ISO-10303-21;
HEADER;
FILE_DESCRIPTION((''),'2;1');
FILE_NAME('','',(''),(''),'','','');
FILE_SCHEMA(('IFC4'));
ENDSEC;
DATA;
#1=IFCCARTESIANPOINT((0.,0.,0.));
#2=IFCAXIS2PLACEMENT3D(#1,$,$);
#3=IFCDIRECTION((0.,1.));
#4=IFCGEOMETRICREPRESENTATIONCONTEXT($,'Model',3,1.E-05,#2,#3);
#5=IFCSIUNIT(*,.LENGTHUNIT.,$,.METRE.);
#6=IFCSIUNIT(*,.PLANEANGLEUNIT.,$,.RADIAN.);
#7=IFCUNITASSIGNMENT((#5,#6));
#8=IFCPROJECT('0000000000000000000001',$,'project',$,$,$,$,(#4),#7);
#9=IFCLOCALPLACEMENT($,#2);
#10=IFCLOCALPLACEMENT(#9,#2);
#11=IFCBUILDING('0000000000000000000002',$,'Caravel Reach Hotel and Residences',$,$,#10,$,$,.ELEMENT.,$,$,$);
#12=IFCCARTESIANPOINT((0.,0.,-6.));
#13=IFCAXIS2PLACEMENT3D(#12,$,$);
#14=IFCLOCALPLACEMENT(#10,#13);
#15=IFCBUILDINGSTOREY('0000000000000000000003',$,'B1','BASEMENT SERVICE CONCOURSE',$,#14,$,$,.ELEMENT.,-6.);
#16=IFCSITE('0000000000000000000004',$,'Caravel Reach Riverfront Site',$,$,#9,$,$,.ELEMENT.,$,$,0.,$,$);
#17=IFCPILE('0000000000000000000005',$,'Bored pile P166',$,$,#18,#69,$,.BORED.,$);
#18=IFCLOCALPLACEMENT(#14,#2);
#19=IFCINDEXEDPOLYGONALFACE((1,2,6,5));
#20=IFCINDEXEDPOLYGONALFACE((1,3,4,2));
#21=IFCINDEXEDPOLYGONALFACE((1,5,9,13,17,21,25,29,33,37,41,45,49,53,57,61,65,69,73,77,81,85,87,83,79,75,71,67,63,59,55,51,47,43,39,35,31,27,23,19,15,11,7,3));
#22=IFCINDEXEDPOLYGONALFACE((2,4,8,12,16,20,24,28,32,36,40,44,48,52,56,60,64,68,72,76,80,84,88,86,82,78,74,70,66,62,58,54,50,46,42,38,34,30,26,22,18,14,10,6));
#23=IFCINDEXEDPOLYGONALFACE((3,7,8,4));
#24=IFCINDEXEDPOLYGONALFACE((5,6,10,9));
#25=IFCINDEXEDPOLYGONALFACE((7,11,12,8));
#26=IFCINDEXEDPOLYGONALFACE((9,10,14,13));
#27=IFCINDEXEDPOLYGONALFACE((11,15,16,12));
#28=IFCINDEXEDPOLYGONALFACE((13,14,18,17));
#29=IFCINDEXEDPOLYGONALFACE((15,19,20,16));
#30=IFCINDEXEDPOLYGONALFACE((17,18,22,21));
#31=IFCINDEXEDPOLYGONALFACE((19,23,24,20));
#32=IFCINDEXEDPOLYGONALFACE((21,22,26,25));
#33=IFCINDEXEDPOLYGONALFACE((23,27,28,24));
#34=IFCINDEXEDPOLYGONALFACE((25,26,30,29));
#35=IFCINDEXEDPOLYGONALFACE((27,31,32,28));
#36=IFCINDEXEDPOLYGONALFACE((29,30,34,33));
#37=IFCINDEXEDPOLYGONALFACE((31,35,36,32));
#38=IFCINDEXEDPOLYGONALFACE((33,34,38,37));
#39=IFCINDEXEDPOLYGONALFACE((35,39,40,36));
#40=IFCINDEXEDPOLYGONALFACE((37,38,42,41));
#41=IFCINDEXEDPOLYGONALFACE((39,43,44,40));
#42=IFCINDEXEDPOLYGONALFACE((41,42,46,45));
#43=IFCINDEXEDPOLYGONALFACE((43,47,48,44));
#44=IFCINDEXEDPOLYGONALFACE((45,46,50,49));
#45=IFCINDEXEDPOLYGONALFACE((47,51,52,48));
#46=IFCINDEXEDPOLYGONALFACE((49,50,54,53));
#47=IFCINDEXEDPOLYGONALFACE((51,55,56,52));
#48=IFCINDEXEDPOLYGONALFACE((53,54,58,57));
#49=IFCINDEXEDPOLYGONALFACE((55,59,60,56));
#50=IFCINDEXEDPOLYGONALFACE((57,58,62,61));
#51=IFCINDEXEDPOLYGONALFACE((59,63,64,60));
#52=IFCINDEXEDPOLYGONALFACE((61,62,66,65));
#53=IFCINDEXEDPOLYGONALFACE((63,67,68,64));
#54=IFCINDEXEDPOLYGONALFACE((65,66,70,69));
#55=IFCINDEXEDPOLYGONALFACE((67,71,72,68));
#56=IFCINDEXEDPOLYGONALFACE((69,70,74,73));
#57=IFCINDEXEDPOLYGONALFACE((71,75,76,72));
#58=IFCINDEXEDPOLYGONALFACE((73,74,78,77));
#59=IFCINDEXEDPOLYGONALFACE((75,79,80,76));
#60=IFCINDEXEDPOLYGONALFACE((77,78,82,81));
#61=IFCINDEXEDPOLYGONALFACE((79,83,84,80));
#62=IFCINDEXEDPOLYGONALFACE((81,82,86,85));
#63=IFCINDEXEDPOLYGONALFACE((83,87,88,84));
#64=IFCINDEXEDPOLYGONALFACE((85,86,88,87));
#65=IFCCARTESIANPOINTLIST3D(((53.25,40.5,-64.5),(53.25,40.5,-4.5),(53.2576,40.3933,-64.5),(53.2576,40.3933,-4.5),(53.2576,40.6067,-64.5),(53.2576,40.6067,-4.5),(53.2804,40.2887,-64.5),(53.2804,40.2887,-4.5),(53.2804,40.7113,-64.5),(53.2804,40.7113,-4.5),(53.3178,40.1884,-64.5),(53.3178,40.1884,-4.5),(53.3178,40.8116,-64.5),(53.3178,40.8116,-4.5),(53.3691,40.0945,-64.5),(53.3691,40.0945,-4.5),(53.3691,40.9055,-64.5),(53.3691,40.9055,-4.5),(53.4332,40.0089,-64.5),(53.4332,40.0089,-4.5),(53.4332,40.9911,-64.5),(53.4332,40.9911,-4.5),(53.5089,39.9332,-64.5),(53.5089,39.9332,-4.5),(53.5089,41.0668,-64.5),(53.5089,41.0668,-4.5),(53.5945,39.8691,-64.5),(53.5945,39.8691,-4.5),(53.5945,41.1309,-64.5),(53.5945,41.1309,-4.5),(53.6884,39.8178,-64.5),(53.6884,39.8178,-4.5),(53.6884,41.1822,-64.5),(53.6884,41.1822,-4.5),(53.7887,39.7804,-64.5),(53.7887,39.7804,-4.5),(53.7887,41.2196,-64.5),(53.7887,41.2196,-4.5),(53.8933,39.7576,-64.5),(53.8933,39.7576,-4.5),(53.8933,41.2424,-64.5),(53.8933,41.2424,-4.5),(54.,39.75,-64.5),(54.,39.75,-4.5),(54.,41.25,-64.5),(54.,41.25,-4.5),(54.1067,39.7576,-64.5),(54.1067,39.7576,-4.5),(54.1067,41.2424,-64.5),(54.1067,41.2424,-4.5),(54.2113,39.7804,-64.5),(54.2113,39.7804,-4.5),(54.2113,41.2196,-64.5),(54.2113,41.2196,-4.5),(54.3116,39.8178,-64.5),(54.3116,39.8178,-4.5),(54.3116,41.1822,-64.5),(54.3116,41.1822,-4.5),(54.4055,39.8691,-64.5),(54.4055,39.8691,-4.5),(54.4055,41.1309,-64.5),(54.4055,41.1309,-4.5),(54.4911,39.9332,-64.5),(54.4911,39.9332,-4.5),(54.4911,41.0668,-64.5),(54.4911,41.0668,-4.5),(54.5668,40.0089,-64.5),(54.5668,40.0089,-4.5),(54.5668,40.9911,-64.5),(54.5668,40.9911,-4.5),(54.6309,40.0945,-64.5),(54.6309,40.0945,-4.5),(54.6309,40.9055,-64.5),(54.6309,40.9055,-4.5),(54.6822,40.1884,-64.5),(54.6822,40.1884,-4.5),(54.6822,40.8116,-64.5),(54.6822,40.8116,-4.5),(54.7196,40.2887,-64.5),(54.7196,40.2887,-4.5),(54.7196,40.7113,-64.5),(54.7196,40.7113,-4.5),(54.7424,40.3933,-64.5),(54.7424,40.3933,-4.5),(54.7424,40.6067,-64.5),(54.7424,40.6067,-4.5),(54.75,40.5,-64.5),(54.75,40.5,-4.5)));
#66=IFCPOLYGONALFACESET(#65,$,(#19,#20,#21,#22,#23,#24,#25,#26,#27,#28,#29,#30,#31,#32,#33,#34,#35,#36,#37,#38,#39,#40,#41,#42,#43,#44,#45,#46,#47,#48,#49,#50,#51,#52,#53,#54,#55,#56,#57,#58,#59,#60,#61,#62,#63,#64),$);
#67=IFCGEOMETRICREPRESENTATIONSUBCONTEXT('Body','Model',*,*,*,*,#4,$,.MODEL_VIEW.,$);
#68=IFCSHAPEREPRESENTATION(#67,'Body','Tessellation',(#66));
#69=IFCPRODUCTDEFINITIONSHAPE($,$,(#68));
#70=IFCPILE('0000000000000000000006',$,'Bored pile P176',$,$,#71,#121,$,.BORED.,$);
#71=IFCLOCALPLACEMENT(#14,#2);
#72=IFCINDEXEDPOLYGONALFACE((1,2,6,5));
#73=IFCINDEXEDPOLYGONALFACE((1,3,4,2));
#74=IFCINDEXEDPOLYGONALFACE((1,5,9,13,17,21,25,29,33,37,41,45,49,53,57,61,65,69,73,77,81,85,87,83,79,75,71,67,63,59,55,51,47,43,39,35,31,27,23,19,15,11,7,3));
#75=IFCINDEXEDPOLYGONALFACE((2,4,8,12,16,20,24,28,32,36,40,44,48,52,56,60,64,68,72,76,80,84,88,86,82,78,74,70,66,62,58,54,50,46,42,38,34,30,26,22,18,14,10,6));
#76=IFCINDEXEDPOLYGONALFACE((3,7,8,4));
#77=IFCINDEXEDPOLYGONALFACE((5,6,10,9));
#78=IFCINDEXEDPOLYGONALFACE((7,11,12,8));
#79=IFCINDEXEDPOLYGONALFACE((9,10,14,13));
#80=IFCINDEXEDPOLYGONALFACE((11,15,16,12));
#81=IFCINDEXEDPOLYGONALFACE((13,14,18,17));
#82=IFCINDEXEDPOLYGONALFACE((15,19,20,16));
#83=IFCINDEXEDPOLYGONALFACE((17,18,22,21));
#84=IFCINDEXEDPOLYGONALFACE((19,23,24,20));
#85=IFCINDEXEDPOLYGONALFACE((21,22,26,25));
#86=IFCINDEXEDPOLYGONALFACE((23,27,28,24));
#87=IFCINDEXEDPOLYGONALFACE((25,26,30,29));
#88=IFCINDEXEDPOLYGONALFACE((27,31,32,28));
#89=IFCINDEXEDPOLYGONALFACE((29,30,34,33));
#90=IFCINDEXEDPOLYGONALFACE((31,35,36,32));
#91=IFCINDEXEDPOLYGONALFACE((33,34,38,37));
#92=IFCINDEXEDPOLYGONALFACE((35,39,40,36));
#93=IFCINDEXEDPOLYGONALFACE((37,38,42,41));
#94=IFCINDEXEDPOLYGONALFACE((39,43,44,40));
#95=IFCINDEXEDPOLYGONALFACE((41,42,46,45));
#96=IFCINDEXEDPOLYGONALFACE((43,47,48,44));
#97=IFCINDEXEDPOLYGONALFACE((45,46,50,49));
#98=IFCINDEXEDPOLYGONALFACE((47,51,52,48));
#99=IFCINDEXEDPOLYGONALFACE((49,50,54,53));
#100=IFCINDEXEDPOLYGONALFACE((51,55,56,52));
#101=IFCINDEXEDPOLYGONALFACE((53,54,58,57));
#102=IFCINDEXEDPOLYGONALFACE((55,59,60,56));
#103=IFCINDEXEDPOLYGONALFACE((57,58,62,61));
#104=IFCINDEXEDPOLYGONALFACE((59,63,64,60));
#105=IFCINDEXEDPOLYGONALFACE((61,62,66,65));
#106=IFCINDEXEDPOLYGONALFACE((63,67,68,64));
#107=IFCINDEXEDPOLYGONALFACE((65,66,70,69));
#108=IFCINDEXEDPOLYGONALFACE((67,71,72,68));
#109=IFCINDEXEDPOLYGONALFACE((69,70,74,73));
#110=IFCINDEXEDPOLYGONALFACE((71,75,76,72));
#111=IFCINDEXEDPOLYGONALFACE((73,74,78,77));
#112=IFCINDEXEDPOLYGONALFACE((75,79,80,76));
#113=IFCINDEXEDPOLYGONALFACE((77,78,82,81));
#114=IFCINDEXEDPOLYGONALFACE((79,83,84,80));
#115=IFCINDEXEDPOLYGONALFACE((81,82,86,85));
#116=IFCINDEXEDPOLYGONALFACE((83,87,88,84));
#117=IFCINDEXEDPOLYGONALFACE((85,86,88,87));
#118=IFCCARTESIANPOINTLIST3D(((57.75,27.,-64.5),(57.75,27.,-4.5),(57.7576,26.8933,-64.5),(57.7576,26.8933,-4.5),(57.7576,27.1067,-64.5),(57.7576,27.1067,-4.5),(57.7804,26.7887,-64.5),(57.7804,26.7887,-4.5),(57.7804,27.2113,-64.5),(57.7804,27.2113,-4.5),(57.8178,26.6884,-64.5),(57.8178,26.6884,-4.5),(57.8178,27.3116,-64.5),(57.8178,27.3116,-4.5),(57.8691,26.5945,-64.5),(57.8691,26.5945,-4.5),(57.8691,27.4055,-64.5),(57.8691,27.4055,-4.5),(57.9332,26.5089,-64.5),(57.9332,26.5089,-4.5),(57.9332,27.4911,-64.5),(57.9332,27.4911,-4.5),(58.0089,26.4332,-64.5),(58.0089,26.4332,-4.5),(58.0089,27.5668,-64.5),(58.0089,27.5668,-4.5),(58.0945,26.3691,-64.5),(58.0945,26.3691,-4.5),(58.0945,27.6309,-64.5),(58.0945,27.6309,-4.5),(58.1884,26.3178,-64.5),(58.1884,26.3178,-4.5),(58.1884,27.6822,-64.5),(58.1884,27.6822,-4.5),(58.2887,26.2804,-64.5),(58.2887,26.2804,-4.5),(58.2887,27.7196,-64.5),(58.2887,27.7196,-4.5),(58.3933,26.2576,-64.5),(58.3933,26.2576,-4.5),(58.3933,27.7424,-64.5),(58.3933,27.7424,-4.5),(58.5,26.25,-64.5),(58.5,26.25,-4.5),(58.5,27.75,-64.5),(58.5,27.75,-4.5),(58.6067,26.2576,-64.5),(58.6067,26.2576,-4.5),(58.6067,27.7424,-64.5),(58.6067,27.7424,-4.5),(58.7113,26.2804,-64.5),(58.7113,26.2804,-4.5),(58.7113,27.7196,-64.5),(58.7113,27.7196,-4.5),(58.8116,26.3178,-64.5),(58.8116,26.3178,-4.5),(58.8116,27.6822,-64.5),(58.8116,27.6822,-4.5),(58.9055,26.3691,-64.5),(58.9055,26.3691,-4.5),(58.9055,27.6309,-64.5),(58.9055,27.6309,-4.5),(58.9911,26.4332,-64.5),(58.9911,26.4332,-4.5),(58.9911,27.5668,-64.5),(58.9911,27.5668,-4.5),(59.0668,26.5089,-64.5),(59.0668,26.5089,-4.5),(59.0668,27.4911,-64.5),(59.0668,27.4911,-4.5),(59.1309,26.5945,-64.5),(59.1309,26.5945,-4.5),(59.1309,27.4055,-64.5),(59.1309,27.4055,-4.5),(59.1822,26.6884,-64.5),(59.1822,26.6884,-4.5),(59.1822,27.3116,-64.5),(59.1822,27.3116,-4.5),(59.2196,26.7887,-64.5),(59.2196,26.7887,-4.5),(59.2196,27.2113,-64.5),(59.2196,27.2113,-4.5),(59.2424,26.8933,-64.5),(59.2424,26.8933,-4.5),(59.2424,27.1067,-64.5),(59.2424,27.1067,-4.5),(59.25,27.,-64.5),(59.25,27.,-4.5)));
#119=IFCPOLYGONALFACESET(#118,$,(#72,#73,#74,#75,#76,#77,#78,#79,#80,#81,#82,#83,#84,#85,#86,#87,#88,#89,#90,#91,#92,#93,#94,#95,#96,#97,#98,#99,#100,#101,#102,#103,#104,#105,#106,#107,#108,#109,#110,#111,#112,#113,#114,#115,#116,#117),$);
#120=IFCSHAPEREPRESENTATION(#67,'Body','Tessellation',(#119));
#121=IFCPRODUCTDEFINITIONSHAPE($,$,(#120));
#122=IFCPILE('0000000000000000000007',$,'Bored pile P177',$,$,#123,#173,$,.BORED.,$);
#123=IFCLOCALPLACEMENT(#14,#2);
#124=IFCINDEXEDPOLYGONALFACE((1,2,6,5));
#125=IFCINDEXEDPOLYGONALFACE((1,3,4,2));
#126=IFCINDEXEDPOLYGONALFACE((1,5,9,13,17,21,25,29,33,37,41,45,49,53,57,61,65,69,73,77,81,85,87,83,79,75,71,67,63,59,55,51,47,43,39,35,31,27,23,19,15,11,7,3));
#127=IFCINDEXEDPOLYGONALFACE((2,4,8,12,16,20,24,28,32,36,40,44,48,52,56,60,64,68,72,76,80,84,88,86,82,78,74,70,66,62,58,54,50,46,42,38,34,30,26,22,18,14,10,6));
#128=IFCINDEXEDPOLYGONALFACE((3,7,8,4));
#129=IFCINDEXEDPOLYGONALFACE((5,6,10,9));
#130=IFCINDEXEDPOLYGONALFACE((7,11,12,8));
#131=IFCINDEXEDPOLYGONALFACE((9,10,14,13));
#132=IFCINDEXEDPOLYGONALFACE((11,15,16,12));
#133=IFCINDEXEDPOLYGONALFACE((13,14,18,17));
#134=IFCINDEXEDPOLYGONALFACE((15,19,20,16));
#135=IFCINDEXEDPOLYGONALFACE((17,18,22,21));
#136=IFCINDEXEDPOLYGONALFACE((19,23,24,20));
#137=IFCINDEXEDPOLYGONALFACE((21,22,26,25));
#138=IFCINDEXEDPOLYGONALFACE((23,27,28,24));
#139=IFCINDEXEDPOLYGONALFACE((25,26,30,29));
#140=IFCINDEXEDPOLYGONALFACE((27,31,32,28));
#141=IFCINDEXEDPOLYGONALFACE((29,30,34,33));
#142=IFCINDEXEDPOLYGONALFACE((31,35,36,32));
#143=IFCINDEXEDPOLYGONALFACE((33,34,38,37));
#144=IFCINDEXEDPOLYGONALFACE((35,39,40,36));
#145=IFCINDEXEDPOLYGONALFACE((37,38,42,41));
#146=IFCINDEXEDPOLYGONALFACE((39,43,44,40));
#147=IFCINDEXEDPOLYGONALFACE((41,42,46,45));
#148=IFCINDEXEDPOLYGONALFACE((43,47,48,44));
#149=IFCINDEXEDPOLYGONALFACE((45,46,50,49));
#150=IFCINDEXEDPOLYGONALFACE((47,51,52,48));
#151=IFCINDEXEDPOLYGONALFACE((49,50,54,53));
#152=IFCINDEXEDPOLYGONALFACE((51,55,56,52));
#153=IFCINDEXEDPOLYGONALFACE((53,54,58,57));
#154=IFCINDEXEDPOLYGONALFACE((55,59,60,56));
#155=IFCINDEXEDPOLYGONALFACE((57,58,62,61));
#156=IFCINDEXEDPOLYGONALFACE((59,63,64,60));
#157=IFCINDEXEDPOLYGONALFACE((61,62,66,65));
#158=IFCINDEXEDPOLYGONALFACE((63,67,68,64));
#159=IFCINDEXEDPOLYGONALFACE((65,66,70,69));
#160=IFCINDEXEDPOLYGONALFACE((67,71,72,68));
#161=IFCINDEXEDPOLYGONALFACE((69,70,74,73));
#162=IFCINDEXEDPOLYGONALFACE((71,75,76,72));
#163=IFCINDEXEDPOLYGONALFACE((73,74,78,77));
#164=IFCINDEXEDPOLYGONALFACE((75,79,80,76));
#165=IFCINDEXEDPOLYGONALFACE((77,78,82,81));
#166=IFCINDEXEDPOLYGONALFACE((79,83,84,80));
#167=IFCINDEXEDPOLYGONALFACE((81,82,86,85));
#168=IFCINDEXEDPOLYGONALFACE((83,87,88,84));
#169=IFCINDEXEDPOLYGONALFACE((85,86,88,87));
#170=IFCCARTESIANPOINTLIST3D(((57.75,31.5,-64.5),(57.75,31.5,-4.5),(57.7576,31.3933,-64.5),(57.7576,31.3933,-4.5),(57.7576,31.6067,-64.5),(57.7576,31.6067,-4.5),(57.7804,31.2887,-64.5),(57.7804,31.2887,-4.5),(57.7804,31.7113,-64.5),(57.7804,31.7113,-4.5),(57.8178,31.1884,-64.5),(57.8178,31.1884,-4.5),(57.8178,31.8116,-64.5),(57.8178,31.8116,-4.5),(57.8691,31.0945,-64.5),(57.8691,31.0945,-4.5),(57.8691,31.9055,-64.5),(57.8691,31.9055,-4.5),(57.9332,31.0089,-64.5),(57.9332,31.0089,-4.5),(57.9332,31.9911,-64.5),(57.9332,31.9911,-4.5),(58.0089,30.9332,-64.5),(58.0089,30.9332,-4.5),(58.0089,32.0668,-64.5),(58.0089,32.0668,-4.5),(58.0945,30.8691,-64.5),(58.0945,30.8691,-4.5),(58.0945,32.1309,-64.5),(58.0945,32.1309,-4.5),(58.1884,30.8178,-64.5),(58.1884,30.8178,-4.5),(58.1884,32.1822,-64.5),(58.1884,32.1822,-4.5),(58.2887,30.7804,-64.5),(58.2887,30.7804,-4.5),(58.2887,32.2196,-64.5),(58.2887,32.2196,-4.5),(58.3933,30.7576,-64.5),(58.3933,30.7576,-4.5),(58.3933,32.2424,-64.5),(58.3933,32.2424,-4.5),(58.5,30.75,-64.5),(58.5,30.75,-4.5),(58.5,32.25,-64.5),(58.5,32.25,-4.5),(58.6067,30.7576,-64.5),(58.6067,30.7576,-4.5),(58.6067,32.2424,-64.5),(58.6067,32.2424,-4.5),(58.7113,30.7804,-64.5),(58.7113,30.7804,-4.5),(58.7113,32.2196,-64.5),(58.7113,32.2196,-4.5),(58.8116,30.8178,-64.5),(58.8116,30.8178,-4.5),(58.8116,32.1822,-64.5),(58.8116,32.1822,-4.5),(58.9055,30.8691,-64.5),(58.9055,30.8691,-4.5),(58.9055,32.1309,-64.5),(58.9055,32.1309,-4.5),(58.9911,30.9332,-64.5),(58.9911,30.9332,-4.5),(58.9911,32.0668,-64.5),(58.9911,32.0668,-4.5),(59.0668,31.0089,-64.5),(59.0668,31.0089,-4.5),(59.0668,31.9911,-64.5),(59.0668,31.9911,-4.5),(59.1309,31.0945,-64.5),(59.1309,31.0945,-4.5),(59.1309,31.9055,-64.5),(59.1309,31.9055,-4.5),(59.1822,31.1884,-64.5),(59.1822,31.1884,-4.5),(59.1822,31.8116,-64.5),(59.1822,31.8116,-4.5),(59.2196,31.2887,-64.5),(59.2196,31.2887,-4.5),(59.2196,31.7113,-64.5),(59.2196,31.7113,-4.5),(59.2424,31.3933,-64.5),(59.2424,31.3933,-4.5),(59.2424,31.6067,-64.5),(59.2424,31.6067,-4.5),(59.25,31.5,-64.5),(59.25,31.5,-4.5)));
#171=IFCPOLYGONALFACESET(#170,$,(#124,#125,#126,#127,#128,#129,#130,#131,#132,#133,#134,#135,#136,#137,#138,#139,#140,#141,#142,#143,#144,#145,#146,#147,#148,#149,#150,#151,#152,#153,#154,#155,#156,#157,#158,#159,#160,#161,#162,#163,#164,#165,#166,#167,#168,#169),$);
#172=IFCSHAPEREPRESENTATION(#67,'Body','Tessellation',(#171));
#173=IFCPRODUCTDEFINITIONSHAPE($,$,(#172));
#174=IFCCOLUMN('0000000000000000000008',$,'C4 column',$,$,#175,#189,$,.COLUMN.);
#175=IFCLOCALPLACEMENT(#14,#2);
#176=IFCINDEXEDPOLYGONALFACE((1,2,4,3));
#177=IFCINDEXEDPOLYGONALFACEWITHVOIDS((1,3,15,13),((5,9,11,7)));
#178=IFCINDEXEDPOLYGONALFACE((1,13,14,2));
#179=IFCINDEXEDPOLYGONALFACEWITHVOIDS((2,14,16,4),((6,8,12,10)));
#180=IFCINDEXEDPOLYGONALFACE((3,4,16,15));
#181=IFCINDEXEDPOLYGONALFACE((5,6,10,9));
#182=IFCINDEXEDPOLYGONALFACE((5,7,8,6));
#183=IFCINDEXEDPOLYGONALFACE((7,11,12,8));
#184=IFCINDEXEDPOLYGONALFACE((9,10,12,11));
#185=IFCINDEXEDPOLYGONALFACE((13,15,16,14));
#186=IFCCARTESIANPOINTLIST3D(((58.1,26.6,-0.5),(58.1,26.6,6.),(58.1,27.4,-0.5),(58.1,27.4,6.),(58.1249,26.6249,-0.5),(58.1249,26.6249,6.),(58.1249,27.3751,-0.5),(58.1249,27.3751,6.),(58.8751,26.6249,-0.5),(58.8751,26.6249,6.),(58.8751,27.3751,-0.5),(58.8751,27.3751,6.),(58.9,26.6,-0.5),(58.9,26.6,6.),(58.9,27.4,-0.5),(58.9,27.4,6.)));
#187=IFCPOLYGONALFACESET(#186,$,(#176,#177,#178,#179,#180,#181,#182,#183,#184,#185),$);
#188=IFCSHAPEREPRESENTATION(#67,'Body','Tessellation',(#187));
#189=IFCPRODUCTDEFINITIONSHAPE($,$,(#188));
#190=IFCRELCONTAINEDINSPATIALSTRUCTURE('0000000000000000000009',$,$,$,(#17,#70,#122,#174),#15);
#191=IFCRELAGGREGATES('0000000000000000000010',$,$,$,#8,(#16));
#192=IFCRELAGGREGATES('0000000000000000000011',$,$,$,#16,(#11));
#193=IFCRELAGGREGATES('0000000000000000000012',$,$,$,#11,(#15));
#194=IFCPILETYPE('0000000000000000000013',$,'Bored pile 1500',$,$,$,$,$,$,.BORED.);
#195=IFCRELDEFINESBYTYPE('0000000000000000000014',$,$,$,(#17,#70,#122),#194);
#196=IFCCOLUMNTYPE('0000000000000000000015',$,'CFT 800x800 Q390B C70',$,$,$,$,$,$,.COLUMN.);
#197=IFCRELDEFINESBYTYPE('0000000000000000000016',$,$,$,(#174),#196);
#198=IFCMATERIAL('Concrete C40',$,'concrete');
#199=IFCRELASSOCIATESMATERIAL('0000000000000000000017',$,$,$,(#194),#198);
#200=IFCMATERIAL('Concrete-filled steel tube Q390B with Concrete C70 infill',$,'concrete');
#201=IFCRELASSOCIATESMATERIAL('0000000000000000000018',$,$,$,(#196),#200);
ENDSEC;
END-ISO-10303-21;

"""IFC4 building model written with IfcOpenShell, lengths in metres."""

from ifc_helpers import new_model, si_unit, direction, frame, origin, origin_2d, place, context, subcontext, project, spatial, hollow_rectangle, circle, extrude, material, material_profile, profile_set, type_object, element, save


model = new_model("IFC4")

# Units and contexts
model_context = context("Model", 3, precision=1e-05, world=origin(), true_north=direction((0.0, 1.0)))
body_context = subcontext(model_context, "Body", "Model", "MODEL_VIEW")
ifc_project = project(units=[si_unit("LENGTHUNIT", "METRE"), si_unit("PLANEANGLEUNIT", "RADIAN")], contexts=[model_context])

# Site, building, storey
site_placement = place(None, origin())
site = spatial("IfcSite", under=ifc_project, at=site_placement, Name="Caravel Reach Riverfront Site", CompositionType="ELEMENT", RefElevation=0.0)
building_placement = place(site_placement, origin())
building = spatial("IfcBuilding", under=site, at=building_placement, Name="Caravel Reach Hotel and Residences", CompositionType="ELEMENT")
storey_placement = place(building_placement, frame((0.0, 0.0, -6.0)))
storey = spatial("IfcBuildingStorey", under=building, at=storey_placement, Name="B1", Description="BASEMENT SERVICE CONCOURSE", CompositionType="ELEMENT", Elevation=-6.0)

# Piles
ifc_material_1 = material(Name="Concrete C40", Category="concrete")
ifc_material_profile_1 = material_profile(ifc_material_1, circle(Radius=0.75, at=origin_2d()), Name="PILE 1500")
ifc_profile_set_1 = profile_set([ifc_material_profile_1], Name="Concrete C40")
pile_type = type_object("IfcPileType", Name="Bored pile 1500", PredefinedType="BORED", material=ifc_profile_set_1)
for number, where, z_axis, x_axis, name in (
    (1, (54.0, 40.5, -4.5), (0.0, 0.0, -1.0), (1.0, 0.0, 0.0), "Bored pile P166"),
    (2, (58.5, 27.0, -4.5), (0.0, 0.0, -1.0), (1.0, 0.0, 0.0), "Bored pile P176"),
    (3, (58.5, 31.5, -4.5), (0.0, 0.0, -1.0), (1.0, 0.0, 0.0), "Bored pile P177"),
):
    element("IfcPile", number, at=place(storey_placement, frame(where, z_axis=z_axis, x_axis=x_axis)), inside=storey, type_object=pile_type, Name=name, PredefinedType="BORED", context=body_context, shape_type="SweptSolid", body=[
        extrude(circle(Radius=0.75, at=origin_2d()), origin(), (0.0, 0.0, 1.0), 60.0),
    ])

# Column
ifc_material_2 = material(Name="Concrete-filled steel tube Q390B with Concrete C70 infill", Category="concrete")
ifc_material_profile_2 = material_profile(ifc_material_2, hollow_rectangle(XDim=0.8, YDim=0.8, WallThickness=0.0249, at=origin_2d()), Name="RHS 800x800x25")
ifc_profile_set_2 = profile_set([ifc_material_profile_2], Name="Concrete-filled steel tube Q390B with Concrete C70 infill")
column_type = type_object("IfcColumnType", Name="CFT 800x800 Q390B C70", PredefinedType="COLUMN", material=ifc_profile_set_2)
column_placement = place(storey_placement, frame((58.5, 27.0, -0.5), z_axis=(0.0, 0.0, 1.0), x_axis=(1.0, 0.0, 0.0)))
element("IfcColumn", 4, at=column_placement, inside=storey, type_object=column_type, Name="C4 column", PredefinedType="COLUMN", context=body_context, shape_type="SweptSolid", body=[
    extrude(hollow_rectangle(XDim=0.8, YDim=0.8, WallThickness=0.0249, at=origin_2d()), origin(), (0.0, 0.0, 1.0), 6.5),
])

save(model, "model.ifc")
